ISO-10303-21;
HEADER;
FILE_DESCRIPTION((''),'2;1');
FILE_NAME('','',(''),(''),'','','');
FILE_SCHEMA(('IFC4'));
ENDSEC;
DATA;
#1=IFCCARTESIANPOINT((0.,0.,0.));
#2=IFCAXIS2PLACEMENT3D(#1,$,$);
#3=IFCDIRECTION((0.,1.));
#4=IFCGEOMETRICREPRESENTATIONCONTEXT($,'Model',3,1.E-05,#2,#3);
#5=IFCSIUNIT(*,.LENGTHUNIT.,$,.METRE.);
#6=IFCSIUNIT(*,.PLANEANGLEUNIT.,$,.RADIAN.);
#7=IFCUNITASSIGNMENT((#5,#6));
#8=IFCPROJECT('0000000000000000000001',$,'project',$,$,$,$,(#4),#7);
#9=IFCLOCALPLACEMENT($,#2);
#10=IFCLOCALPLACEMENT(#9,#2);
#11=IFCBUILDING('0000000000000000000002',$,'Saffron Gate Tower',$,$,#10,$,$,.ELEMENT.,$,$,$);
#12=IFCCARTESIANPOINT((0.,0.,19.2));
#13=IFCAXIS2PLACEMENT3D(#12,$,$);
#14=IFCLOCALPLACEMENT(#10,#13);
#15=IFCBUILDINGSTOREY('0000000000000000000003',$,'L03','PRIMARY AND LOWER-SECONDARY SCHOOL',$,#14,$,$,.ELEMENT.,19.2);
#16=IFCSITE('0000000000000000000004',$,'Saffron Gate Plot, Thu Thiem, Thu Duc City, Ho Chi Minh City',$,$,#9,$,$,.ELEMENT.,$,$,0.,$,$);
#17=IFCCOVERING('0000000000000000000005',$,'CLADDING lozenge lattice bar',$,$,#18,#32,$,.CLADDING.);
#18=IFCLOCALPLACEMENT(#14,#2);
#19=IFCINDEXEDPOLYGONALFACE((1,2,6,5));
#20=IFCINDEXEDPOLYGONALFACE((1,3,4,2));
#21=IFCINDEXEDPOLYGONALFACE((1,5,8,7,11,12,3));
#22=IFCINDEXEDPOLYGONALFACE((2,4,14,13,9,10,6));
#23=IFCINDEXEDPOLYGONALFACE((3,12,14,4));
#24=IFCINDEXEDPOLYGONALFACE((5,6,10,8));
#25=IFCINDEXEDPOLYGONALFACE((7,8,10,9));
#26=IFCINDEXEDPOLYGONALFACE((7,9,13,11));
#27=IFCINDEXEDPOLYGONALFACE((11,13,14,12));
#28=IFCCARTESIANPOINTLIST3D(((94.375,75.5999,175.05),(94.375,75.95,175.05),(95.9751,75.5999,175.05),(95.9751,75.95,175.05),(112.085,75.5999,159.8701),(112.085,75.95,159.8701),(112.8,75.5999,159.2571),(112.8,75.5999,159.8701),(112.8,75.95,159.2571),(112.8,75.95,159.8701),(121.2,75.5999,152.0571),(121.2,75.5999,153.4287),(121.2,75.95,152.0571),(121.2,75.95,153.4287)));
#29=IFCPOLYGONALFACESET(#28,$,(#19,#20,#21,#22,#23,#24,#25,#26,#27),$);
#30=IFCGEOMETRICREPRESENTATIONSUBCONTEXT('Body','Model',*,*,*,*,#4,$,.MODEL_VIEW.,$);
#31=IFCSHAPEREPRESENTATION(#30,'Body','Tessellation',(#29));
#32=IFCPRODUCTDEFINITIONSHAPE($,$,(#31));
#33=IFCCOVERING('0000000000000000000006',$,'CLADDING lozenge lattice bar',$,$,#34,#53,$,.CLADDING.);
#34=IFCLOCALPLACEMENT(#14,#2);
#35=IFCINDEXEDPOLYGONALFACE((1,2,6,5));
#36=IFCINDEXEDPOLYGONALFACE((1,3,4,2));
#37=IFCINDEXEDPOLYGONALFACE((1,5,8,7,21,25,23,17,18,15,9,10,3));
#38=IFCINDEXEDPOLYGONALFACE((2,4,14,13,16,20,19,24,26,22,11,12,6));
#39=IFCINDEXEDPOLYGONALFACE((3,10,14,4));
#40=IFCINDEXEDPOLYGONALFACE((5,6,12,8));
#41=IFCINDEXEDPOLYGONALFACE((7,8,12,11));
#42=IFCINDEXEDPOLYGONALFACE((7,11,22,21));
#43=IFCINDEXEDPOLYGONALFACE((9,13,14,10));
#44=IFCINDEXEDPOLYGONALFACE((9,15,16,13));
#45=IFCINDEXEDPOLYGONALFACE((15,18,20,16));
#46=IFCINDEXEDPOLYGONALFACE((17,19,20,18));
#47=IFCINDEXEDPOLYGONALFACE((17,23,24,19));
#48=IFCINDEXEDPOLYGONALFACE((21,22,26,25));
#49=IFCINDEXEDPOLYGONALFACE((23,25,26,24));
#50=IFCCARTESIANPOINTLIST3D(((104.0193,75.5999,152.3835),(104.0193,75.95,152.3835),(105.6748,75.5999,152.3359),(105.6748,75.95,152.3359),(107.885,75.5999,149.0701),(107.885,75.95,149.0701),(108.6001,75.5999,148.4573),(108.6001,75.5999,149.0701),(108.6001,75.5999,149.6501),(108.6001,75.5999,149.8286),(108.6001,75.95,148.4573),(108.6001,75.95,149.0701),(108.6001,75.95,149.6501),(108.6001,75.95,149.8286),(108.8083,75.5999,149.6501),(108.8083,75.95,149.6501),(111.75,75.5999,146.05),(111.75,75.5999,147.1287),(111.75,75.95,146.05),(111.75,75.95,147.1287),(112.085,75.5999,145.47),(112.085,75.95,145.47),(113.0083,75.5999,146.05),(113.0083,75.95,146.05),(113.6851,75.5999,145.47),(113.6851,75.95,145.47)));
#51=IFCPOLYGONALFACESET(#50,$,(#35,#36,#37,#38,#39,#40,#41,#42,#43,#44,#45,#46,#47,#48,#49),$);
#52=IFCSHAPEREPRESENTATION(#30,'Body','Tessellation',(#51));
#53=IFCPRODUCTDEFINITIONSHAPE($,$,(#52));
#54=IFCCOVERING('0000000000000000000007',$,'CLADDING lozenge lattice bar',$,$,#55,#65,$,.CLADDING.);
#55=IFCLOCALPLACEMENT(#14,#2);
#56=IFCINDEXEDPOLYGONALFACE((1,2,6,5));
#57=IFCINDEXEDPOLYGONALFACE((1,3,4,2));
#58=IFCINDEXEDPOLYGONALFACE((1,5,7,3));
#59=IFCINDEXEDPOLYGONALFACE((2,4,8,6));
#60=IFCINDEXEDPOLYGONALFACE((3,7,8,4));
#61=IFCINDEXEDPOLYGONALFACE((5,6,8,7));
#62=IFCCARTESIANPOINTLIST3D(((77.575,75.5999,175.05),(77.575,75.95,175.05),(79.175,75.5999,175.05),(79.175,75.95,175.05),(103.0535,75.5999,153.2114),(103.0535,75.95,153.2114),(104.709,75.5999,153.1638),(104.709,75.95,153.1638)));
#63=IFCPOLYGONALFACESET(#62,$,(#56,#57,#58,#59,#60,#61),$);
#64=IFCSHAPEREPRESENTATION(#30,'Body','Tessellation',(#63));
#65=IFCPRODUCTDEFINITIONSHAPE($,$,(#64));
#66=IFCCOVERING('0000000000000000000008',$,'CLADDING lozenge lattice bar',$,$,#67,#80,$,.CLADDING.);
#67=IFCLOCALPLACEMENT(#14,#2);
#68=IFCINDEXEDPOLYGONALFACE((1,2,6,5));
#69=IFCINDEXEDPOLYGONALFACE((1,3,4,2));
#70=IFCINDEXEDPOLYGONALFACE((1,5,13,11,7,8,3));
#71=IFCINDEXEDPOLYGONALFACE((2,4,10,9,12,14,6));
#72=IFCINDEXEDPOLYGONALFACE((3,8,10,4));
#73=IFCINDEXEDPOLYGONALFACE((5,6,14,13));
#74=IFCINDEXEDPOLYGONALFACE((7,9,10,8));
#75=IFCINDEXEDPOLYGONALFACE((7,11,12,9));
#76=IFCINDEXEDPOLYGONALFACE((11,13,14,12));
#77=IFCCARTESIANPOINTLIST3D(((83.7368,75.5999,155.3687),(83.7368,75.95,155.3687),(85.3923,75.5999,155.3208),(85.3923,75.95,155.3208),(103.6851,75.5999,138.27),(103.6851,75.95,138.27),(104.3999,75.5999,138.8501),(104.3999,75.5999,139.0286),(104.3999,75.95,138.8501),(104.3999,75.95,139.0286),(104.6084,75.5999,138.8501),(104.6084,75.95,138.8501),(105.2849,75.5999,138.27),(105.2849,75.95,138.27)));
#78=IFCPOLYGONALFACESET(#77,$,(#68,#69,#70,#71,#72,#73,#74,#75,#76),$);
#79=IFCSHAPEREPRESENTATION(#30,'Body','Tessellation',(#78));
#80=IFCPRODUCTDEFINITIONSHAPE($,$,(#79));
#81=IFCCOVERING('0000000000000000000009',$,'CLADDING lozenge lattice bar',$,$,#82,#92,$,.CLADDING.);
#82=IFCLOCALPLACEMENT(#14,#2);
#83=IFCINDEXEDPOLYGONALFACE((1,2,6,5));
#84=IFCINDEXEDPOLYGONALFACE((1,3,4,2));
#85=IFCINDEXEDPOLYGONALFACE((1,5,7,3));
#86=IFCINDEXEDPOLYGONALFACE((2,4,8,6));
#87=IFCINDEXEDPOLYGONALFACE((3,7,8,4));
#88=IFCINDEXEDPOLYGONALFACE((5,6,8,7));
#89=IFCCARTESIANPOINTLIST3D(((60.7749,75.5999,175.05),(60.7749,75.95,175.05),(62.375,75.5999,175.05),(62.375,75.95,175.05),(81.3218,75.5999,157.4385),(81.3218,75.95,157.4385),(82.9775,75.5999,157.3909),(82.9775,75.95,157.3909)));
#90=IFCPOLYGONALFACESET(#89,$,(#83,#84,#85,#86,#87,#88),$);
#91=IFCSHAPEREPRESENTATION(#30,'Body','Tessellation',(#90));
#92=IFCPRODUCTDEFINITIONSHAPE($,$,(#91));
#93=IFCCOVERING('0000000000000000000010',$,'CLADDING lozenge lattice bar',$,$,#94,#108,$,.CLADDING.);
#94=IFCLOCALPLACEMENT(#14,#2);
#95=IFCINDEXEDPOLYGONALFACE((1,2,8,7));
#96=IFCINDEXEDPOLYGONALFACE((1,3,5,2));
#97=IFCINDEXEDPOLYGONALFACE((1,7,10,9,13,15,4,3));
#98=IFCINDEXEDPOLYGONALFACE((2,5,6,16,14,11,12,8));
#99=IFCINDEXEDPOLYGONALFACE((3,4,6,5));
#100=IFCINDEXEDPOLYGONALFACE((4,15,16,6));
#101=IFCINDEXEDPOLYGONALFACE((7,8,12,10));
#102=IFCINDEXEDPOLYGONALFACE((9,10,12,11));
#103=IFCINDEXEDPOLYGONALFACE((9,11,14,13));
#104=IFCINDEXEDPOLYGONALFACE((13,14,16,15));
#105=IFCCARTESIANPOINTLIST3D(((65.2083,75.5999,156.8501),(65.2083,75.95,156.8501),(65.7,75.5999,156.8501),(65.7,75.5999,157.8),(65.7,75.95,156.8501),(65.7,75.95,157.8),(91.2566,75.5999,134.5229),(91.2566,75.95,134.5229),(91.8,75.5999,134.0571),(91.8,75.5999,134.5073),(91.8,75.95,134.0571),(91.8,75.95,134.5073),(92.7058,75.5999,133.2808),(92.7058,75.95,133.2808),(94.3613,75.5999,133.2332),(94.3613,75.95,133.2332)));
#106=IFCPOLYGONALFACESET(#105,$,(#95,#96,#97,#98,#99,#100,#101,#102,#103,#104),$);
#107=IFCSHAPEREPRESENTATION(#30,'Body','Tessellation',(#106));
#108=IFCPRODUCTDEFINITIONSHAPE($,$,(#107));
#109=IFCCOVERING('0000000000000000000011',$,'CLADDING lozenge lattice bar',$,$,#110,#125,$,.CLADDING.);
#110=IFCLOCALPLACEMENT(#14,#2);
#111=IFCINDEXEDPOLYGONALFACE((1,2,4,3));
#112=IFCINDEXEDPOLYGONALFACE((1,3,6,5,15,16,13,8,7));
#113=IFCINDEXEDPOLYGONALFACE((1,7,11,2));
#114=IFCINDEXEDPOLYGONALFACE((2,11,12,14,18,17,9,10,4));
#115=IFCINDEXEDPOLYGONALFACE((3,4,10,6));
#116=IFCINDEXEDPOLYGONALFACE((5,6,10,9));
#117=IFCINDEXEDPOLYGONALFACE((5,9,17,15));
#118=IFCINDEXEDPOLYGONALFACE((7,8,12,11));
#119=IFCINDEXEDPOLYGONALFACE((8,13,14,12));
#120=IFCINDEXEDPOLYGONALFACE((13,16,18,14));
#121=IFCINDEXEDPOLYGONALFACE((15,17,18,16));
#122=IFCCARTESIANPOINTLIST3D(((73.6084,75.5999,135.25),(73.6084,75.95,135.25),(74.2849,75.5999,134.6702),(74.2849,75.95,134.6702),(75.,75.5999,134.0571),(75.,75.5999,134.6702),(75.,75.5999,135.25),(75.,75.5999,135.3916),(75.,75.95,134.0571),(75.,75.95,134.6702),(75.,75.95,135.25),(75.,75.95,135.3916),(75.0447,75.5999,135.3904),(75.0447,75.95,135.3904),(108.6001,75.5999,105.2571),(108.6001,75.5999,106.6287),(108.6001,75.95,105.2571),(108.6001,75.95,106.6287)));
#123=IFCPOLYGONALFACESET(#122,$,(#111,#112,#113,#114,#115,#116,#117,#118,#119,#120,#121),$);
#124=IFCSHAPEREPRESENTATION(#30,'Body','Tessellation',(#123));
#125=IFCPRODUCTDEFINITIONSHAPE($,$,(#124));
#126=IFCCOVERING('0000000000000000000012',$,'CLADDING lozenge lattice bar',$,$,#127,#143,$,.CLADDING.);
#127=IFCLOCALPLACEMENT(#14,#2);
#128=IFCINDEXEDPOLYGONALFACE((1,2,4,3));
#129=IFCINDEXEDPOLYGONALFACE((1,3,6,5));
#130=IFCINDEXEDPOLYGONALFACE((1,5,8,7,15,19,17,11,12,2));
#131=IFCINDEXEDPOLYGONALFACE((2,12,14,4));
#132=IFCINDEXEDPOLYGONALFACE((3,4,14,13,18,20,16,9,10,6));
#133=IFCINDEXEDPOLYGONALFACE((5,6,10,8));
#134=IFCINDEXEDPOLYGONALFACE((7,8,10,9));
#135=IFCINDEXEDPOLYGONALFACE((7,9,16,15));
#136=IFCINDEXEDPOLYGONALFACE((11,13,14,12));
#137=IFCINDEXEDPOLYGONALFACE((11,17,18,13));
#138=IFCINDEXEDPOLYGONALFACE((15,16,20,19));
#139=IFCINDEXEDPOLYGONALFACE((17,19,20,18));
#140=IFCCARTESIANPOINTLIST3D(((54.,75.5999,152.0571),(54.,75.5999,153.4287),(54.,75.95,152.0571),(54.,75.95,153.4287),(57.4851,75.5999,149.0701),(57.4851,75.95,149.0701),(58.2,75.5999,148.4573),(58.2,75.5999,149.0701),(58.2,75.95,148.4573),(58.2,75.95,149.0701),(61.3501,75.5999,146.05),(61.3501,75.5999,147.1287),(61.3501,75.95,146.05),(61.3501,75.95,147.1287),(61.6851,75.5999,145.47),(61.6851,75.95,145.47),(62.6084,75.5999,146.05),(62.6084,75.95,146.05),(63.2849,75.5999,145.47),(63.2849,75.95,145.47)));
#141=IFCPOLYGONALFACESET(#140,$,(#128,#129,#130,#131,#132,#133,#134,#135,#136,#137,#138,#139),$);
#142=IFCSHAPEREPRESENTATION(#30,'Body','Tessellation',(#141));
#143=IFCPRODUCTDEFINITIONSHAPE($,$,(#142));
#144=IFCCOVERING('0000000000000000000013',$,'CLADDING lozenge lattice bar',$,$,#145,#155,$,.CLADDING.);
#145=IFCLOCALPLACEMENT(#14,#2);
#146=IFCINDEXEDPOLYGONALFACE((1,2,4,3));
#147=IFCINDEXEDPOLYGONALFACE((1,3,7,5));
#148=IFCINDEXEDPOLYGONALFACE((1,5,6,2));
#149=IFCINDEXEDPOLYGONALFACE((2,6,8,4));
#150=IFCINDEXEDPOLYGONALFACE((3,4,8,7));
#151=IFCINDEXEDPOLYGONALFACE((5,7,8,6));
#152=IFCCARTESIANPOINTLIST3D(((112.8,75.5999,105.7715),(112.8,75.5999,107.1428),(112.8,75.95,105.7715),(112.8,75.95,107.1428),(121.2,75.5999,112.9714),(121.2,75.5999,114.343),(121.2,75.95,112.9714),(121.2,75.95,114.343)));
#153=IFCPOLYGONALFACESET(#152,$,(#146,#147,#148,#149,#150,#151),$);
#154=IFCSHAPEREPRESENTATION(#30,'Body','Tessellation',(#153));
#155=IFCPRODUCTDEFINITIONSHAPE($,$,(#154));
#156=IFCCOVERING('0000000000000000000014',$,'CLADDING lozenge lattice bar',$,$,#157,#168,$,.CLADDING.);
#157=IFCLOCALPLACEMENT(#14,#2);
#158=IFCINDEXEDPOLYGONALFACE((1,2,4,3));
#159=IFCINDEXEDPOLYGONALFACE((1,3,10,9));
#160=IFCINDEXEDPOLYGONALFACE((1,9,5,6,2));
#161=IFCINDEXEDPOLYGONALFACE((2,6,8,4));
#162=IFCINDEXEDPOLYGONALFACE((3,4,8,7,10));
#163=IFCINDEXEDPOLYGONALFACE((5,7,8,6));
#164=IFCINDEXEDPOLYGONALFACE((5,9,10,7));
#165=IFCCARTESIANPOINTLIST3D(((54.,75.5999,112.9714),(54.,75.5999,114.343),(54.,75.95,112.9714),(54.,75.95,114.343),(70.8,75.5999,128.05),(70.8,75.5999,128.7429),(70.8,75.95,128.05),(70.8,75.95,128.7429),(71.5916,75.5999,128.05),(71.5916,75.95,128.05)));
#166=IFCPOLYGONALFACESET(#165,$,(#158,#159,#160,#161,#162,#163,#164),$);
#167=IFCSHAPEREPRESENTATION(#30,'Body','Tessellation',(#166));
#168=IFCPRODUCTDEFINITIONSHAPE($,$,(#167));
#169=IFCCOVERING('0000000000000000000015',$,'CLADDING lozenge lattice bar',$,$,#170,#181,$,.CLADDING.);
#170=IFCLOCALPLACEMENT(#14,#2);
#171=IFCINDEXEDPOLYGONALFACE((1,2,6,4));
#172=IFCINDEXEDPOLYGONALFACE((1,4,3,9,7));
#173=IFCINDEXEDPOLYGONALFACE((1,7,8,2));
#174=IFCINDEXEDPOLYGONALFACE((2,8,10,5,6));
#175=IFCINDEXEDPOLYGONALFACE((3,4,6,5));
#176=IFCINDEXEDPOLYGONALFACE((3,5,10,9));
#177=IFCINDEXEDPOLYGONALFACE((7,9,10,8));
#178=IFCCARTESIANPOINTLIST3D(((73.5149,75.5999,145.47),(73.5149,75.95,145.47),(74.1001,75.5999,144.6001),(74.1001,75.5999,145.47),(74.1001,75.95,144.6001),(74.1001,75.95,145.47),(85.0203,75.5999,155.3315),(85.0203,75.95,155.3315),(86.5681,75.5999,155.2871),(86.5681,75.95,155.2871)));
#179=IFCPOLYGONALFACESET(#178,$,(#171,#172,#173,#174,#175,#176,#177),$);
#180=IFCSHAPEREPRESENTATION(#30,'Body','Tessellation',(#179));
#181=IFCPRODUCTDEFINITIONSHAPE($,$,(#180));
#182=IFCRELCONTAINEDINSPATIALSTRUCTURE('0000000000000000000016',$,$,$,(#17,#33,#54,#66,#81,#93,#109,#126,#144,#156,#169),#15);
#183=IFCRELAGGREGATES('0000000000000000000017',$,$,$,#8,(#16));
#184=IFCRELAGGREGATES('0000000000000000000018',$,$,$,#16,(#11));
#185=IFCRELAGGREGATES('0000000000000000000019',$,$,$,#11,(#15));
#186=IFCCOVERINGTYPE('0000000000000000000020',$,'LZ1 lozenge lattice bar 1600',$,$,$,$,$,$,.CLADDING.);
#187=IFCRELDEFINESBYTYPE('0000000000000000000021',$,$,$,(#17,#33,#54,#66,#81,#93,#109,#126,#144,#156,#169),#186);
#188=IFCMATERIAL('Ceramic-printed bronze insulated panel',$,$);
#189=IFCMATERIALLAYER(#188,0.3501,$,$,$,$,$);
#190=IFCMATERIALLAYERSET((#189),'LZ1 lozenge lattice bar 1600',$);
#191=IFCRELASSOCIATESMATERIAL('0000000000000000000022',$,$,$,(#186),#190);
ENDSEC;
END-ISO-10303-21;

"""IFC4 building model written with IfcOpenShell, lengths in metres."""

from ifc_helpers import new_model, si_unit, direction, frame, origin, place, context, subcontext, project, spatial, polyline, outline, extrude, material, layer, layer_set, type_object, element, save


model = new_model("IFC4")

# Units and contexts
model_context = context("Model", 3, precision=1e-05, world=origin(), true_north=direction((0.0, 1.0)))
body_context = subcontext(model_context, "Body", "Model", "MODEL_VIEW")
ifc_project = project(units=[si_unit("LENGTHUNIT", "METRE"), si_unit("PLANEANGLEUNIT", "RADIAN")], contexts=[model_context])

# Site, building, storey
site_placement = place(None, origin())
site = spatial("IfcSite", under=ifc_project, at=site_placement, Name="Saffron Gate Plot, Thu Thiem, Thu Duc City, Ho Chi Minh City", CompositionType="ELEMENT", RefElevation=0.0)
building_placement = place(site_placement, origin())
building = spatial("IfcBuilding", under=site, at=building_placement, Name="Saffron Gate Tower", CompositionType="ELEMENT")
storey_placement = place(building_placement, frame((0.0, 0.0, 19.2)))
storey = spatial("IfcBuildingStorey", under=building, at=storey_placement, Name="L03", Description="PRIMARY AND LOWER-SECONDARY SCHOOL", CompositionType="ELEMENT", Elevation=19.2)

# Coverings
ifc_material = material(Name="Ceramic-printed bronze insulated panel")
ifc_layer_1 = layer(ifc_material, 0.3501)
ifc_layer_set_1 = layer_set([ifc_layer_1], Name="LZ1 lozenge lattice bar 1600")
covering_type_1 = type_object("IfcCoveringType", Name="LZ1 lozenge lattice bar 1600", PredefinedType="CLADDING", material=ifc_layer_set_1)
covering_1_placement = place(storey_placement, frame((121.2, 75.95, 152.0571), z_axis=(0.0, 1.0, 0.0), x_axis=(-0.759255, 0.0, 0.650793)))
element("IfcCovering", 1, at=covering_1_placement, inside=storey, type_object=covering_type_1, Name="CLADDING lozenge lattice bar", PredefinedType="CLADDING", context=body_context, shape_type="SweptSolid", body=[
    extrude(outline(polyline([(0.0, 0.0), (11.0633, 0.0), (11.4623, 0.4655), (12.0052, 0.0001), (35.3306, 0.0), (34.1157, 1.0413), (0.8926, 1.0414), (0.0, 0.0)])), origin(), (0.0, 0.0, -1.0), 0.3501),
])
covering_2_placement = place(storey_placement, frame((113.6851, 75.95, 145.47), z_axis=(0.0, 1.0, 0.0), x_axis=(-1.0, 0.0, 0.0)))
element("IfcCovering", 2, at=covering_2_placement, inside=storey, type_object=covering_type_1, Name="CLADDING lozenge lattice bar", PredefinedType="CLADDING", context=body_context, shape_type="SweptSolid", body=[
    extrude(outline(polyline([(0.0, 0.0), (1.6001, 0.0), (5.085, 2.9873), (5.085, 3.6001), (5.8, 3.6001), (9.6658, 6.9136), (8.0103, 6.866), (5.085, 4.3586), (5.085, 4.1802), (4.8767, 4.1802), (1.9351, 1.6587), (1.9351, 0.5801), (0.6768, 0.5801), (0.0, 0.0)])), origin(), (0.0, 0.0, -1.0), 0.3501),
])
covering_3_placement = place(storey_placement, frame((104.709, 75.95, 153.1638), z_axis=(0.0, 1.0, 0.0), x_axis=(-0.999587, 0.0, 0.028745)))
element("IfcCovering", 3, at=covering_3_placement, inside=storey, type_object=covering_type_1, Name="CLADDING lozenge lattice bar", PredefinedType="CLADDING", context=body_context, shape_type="SweptSolid", body=[
    extrude(outline(polyline([(0.0, 0.0), (1.6562, 0.0), (27.7519, 21.0972), (26.1525, 21.1432), (0.0, 0.0)])), origin(), (0.0, 0.0, -1.0), 0.3501),
])
covering_4_placement = place(storey_placement, frame((105.2849, 75.95, 138.27), z_axis=(0.0, 1.0, 0.0), x_axis=(-1.0, 0.0, 0.0)))
element("IfcCovering", 4, at=covering_4_placement, inside=storey, type_object=covering_type_1, Name="CLADDING lozenge lattice bar", PredefinedType="CLADDING", context=body_context, shape_type="SweptSolid", body=[
    extrude(outline(polyline([(0.0, 0.0), (1.5999, 0.0), (21.5481, 17.0986), (19.8926, 17.0508), (0.885, 0.7585), (0.885, 0.5801), (0.6765, 0.5801), (0.0, 0.0)])), origin(), (0.0, 0.0, -1.0), 0.3501),
])
covering_5_placement = place(storey_placement, frame((82.9775, 75.95, 157.3909), z_axis=(0.0, 1.0, 0.0), x_axis=(-0.999587, 0.0, 0.028741)))
element("IfcCovering", 5, at=covering_5_placement, inside=storey, type_object=covering_type_1, Name="CLADDING lozenge lattice bar", PredefinedType="CLADDING", context=body_context, shape_type="SweptSolid", body=[
    extrude(outline(polyline([(0.0, 0.0), (1.6564, 0.0), (22.701, 17.0138), (21.1016, 17.0598), (0.0, 0.0)])), origin(), (0.0, 0.0, -1.0), 0.3501),
])
covering_6_placement = place(storey_placement, frame((94.3613, 75.95, 133.2332), z_axis=(0.0, 1.0, 0.0), x_axis=(-0.999587, 0.0, 0.028745)))
element("IfcCovering", 6, at=covering_6_placement, inside=storey, type_object=covering_type_1, Name="CLADDING lozenge lattice bar", PredefinedType="CLADDING", context=body_context, shape_type="SweptSolid", body=[
    extrude(outline(polyline([(0.0, 0.0), (1.6562, 0.0), (2.5839, 0.75), (2.5968, 1.2), (3.1405, 1.2), (29.8199, 22.7692), (29.3284, 22.7833), (29.3557, 23.7329), (0.0, 0.0)])), origin(), (0.0, 0.0, -1.0), 0.3501),
])
covering_7_placement = place(storey_placement, frame((108.6001, 75.95, 106.6287), z_axis=(0.0, 1.0, 0.0), x_axis=(0.0, 0.0, -1.0)))
element("IfcCovering", 7, at=covering_7_placement, inside=storey, type_object=covering_type_1, Name="CLADDING lozenge lattice bar", PredefinedType="CLADDING", context=body_context, shape_type="SweptSolid", body=[
    extrude(outline(polyline([(0.0, 0.0), (1.3716, 0.0), (-27.4285, 33.6001), (-28.0415, 33.6001), (-28.0415, 34.3152), (-28.6213, 34.9917), (-28.6213, 33.6001), (-28.7629, 33.6001), (-28.7617, 33.5554), (0.0, 0.0)])), origin(), (0.0, 0.0, -1.0), 0.3501),
])
covering_8_placement = place(storey_placement, frame((63.2849, 75.95, 145.47), z_axis=(0.0, 1.0, 0.0), x_axis=(-1.0, 0.0, 0.0)))
element("IfcCovering", 8, at=covering_8_placement, inside=storey, type_object=covering_type_1, Name="CLADDING lozenge lattice bar", PredefinedType="CLADDING", context=body_context, shape_type="SweptSolid", body=[
    extrude(outline(polyline([(0.0, 0.0), (1.5999, 0.0), (5.085, 2.9873), (5.085, 3.6001), (5.7998, 3.6001), (9.2849, 6.5872), (9.2849, 7.9587), (1.9348, 1.6587), (1.9348, 0.5801), (0.6765, 0.5801), (0.0, 0.0)])), origin(), (0.0, 0.0, -1.0), 0.3501),
])
covering_9_placement = place(storey_placement, frame((112.8, 75.95, 105.7715), z_axis=(0.0, 1.0, 0.0), x_axis=(0.0, 0.0, 1.0)))
element("IfcCovering", 9, at=covering_9_placement, inside=storey, type_object=covering_type_1, Name="CLADDING lozenge lattice bar", PredefinedType="CLADDING", context=body_context, shape_type="SweptSolid", body=[
    extrude(outline(polyline([(0.0, 0.0), (1.3713, 0.0), (8.5715, 8.3999), (7.2, 8.3999), (0.0, 0.0)])), origin(), (0.0, 0.0, -1.0), 0.3501),
])
covering_10_placement = place(storey_placement, frame((54.0, 75.95, 114.343), z_axis=(0.0, 1.0, 0.0), x_axis=(0.75926, 0.0, 0.650788)))
element("IfcCovering", 10, at=covering_10_placement, inside=storey, type_object=covering_type_1, Name="CLADDING lozenge lattice bar", PredefinedType="CLADDING", context=body_context, shape_type="SweptSolid", body=[
    extrude(outline(polyline([(0.0, 0.0), (22.1269, 0.0), (21.676, 0.5261), (22.2769, 1.0412), (-0.8926, 1.0414), (0.0, 0.0)])), origin(), (0.0, 0.0, -1.0), 0.3501),
])
covering_11_placement = place(storey_placement, frame((74.1001, 75.95, 144.6001), z_axis=(0.0, 1.0, 0.0), x_axis=(0.0, 0.0, 1.0)))
element("IfcCovering", 11, at=covering_11_placement, inside=storey, type_object=covering_type_1, Name="CLADDING lozenge lattice bar", PredefinedType="CLADDING", context=body_context, shape_type="SweptSolid", body=[
    extrude(outline(polyline([(0.0, 0.0), (0.8699, 0.0), (0.8699, -0.5852), (10.7314, 10.9202), (10.687, 12.468), (0.0, 0.0)])), origin(), (0.0, 0.0, -1.0), 0.3501),
])

save(model, "model.ifc")
